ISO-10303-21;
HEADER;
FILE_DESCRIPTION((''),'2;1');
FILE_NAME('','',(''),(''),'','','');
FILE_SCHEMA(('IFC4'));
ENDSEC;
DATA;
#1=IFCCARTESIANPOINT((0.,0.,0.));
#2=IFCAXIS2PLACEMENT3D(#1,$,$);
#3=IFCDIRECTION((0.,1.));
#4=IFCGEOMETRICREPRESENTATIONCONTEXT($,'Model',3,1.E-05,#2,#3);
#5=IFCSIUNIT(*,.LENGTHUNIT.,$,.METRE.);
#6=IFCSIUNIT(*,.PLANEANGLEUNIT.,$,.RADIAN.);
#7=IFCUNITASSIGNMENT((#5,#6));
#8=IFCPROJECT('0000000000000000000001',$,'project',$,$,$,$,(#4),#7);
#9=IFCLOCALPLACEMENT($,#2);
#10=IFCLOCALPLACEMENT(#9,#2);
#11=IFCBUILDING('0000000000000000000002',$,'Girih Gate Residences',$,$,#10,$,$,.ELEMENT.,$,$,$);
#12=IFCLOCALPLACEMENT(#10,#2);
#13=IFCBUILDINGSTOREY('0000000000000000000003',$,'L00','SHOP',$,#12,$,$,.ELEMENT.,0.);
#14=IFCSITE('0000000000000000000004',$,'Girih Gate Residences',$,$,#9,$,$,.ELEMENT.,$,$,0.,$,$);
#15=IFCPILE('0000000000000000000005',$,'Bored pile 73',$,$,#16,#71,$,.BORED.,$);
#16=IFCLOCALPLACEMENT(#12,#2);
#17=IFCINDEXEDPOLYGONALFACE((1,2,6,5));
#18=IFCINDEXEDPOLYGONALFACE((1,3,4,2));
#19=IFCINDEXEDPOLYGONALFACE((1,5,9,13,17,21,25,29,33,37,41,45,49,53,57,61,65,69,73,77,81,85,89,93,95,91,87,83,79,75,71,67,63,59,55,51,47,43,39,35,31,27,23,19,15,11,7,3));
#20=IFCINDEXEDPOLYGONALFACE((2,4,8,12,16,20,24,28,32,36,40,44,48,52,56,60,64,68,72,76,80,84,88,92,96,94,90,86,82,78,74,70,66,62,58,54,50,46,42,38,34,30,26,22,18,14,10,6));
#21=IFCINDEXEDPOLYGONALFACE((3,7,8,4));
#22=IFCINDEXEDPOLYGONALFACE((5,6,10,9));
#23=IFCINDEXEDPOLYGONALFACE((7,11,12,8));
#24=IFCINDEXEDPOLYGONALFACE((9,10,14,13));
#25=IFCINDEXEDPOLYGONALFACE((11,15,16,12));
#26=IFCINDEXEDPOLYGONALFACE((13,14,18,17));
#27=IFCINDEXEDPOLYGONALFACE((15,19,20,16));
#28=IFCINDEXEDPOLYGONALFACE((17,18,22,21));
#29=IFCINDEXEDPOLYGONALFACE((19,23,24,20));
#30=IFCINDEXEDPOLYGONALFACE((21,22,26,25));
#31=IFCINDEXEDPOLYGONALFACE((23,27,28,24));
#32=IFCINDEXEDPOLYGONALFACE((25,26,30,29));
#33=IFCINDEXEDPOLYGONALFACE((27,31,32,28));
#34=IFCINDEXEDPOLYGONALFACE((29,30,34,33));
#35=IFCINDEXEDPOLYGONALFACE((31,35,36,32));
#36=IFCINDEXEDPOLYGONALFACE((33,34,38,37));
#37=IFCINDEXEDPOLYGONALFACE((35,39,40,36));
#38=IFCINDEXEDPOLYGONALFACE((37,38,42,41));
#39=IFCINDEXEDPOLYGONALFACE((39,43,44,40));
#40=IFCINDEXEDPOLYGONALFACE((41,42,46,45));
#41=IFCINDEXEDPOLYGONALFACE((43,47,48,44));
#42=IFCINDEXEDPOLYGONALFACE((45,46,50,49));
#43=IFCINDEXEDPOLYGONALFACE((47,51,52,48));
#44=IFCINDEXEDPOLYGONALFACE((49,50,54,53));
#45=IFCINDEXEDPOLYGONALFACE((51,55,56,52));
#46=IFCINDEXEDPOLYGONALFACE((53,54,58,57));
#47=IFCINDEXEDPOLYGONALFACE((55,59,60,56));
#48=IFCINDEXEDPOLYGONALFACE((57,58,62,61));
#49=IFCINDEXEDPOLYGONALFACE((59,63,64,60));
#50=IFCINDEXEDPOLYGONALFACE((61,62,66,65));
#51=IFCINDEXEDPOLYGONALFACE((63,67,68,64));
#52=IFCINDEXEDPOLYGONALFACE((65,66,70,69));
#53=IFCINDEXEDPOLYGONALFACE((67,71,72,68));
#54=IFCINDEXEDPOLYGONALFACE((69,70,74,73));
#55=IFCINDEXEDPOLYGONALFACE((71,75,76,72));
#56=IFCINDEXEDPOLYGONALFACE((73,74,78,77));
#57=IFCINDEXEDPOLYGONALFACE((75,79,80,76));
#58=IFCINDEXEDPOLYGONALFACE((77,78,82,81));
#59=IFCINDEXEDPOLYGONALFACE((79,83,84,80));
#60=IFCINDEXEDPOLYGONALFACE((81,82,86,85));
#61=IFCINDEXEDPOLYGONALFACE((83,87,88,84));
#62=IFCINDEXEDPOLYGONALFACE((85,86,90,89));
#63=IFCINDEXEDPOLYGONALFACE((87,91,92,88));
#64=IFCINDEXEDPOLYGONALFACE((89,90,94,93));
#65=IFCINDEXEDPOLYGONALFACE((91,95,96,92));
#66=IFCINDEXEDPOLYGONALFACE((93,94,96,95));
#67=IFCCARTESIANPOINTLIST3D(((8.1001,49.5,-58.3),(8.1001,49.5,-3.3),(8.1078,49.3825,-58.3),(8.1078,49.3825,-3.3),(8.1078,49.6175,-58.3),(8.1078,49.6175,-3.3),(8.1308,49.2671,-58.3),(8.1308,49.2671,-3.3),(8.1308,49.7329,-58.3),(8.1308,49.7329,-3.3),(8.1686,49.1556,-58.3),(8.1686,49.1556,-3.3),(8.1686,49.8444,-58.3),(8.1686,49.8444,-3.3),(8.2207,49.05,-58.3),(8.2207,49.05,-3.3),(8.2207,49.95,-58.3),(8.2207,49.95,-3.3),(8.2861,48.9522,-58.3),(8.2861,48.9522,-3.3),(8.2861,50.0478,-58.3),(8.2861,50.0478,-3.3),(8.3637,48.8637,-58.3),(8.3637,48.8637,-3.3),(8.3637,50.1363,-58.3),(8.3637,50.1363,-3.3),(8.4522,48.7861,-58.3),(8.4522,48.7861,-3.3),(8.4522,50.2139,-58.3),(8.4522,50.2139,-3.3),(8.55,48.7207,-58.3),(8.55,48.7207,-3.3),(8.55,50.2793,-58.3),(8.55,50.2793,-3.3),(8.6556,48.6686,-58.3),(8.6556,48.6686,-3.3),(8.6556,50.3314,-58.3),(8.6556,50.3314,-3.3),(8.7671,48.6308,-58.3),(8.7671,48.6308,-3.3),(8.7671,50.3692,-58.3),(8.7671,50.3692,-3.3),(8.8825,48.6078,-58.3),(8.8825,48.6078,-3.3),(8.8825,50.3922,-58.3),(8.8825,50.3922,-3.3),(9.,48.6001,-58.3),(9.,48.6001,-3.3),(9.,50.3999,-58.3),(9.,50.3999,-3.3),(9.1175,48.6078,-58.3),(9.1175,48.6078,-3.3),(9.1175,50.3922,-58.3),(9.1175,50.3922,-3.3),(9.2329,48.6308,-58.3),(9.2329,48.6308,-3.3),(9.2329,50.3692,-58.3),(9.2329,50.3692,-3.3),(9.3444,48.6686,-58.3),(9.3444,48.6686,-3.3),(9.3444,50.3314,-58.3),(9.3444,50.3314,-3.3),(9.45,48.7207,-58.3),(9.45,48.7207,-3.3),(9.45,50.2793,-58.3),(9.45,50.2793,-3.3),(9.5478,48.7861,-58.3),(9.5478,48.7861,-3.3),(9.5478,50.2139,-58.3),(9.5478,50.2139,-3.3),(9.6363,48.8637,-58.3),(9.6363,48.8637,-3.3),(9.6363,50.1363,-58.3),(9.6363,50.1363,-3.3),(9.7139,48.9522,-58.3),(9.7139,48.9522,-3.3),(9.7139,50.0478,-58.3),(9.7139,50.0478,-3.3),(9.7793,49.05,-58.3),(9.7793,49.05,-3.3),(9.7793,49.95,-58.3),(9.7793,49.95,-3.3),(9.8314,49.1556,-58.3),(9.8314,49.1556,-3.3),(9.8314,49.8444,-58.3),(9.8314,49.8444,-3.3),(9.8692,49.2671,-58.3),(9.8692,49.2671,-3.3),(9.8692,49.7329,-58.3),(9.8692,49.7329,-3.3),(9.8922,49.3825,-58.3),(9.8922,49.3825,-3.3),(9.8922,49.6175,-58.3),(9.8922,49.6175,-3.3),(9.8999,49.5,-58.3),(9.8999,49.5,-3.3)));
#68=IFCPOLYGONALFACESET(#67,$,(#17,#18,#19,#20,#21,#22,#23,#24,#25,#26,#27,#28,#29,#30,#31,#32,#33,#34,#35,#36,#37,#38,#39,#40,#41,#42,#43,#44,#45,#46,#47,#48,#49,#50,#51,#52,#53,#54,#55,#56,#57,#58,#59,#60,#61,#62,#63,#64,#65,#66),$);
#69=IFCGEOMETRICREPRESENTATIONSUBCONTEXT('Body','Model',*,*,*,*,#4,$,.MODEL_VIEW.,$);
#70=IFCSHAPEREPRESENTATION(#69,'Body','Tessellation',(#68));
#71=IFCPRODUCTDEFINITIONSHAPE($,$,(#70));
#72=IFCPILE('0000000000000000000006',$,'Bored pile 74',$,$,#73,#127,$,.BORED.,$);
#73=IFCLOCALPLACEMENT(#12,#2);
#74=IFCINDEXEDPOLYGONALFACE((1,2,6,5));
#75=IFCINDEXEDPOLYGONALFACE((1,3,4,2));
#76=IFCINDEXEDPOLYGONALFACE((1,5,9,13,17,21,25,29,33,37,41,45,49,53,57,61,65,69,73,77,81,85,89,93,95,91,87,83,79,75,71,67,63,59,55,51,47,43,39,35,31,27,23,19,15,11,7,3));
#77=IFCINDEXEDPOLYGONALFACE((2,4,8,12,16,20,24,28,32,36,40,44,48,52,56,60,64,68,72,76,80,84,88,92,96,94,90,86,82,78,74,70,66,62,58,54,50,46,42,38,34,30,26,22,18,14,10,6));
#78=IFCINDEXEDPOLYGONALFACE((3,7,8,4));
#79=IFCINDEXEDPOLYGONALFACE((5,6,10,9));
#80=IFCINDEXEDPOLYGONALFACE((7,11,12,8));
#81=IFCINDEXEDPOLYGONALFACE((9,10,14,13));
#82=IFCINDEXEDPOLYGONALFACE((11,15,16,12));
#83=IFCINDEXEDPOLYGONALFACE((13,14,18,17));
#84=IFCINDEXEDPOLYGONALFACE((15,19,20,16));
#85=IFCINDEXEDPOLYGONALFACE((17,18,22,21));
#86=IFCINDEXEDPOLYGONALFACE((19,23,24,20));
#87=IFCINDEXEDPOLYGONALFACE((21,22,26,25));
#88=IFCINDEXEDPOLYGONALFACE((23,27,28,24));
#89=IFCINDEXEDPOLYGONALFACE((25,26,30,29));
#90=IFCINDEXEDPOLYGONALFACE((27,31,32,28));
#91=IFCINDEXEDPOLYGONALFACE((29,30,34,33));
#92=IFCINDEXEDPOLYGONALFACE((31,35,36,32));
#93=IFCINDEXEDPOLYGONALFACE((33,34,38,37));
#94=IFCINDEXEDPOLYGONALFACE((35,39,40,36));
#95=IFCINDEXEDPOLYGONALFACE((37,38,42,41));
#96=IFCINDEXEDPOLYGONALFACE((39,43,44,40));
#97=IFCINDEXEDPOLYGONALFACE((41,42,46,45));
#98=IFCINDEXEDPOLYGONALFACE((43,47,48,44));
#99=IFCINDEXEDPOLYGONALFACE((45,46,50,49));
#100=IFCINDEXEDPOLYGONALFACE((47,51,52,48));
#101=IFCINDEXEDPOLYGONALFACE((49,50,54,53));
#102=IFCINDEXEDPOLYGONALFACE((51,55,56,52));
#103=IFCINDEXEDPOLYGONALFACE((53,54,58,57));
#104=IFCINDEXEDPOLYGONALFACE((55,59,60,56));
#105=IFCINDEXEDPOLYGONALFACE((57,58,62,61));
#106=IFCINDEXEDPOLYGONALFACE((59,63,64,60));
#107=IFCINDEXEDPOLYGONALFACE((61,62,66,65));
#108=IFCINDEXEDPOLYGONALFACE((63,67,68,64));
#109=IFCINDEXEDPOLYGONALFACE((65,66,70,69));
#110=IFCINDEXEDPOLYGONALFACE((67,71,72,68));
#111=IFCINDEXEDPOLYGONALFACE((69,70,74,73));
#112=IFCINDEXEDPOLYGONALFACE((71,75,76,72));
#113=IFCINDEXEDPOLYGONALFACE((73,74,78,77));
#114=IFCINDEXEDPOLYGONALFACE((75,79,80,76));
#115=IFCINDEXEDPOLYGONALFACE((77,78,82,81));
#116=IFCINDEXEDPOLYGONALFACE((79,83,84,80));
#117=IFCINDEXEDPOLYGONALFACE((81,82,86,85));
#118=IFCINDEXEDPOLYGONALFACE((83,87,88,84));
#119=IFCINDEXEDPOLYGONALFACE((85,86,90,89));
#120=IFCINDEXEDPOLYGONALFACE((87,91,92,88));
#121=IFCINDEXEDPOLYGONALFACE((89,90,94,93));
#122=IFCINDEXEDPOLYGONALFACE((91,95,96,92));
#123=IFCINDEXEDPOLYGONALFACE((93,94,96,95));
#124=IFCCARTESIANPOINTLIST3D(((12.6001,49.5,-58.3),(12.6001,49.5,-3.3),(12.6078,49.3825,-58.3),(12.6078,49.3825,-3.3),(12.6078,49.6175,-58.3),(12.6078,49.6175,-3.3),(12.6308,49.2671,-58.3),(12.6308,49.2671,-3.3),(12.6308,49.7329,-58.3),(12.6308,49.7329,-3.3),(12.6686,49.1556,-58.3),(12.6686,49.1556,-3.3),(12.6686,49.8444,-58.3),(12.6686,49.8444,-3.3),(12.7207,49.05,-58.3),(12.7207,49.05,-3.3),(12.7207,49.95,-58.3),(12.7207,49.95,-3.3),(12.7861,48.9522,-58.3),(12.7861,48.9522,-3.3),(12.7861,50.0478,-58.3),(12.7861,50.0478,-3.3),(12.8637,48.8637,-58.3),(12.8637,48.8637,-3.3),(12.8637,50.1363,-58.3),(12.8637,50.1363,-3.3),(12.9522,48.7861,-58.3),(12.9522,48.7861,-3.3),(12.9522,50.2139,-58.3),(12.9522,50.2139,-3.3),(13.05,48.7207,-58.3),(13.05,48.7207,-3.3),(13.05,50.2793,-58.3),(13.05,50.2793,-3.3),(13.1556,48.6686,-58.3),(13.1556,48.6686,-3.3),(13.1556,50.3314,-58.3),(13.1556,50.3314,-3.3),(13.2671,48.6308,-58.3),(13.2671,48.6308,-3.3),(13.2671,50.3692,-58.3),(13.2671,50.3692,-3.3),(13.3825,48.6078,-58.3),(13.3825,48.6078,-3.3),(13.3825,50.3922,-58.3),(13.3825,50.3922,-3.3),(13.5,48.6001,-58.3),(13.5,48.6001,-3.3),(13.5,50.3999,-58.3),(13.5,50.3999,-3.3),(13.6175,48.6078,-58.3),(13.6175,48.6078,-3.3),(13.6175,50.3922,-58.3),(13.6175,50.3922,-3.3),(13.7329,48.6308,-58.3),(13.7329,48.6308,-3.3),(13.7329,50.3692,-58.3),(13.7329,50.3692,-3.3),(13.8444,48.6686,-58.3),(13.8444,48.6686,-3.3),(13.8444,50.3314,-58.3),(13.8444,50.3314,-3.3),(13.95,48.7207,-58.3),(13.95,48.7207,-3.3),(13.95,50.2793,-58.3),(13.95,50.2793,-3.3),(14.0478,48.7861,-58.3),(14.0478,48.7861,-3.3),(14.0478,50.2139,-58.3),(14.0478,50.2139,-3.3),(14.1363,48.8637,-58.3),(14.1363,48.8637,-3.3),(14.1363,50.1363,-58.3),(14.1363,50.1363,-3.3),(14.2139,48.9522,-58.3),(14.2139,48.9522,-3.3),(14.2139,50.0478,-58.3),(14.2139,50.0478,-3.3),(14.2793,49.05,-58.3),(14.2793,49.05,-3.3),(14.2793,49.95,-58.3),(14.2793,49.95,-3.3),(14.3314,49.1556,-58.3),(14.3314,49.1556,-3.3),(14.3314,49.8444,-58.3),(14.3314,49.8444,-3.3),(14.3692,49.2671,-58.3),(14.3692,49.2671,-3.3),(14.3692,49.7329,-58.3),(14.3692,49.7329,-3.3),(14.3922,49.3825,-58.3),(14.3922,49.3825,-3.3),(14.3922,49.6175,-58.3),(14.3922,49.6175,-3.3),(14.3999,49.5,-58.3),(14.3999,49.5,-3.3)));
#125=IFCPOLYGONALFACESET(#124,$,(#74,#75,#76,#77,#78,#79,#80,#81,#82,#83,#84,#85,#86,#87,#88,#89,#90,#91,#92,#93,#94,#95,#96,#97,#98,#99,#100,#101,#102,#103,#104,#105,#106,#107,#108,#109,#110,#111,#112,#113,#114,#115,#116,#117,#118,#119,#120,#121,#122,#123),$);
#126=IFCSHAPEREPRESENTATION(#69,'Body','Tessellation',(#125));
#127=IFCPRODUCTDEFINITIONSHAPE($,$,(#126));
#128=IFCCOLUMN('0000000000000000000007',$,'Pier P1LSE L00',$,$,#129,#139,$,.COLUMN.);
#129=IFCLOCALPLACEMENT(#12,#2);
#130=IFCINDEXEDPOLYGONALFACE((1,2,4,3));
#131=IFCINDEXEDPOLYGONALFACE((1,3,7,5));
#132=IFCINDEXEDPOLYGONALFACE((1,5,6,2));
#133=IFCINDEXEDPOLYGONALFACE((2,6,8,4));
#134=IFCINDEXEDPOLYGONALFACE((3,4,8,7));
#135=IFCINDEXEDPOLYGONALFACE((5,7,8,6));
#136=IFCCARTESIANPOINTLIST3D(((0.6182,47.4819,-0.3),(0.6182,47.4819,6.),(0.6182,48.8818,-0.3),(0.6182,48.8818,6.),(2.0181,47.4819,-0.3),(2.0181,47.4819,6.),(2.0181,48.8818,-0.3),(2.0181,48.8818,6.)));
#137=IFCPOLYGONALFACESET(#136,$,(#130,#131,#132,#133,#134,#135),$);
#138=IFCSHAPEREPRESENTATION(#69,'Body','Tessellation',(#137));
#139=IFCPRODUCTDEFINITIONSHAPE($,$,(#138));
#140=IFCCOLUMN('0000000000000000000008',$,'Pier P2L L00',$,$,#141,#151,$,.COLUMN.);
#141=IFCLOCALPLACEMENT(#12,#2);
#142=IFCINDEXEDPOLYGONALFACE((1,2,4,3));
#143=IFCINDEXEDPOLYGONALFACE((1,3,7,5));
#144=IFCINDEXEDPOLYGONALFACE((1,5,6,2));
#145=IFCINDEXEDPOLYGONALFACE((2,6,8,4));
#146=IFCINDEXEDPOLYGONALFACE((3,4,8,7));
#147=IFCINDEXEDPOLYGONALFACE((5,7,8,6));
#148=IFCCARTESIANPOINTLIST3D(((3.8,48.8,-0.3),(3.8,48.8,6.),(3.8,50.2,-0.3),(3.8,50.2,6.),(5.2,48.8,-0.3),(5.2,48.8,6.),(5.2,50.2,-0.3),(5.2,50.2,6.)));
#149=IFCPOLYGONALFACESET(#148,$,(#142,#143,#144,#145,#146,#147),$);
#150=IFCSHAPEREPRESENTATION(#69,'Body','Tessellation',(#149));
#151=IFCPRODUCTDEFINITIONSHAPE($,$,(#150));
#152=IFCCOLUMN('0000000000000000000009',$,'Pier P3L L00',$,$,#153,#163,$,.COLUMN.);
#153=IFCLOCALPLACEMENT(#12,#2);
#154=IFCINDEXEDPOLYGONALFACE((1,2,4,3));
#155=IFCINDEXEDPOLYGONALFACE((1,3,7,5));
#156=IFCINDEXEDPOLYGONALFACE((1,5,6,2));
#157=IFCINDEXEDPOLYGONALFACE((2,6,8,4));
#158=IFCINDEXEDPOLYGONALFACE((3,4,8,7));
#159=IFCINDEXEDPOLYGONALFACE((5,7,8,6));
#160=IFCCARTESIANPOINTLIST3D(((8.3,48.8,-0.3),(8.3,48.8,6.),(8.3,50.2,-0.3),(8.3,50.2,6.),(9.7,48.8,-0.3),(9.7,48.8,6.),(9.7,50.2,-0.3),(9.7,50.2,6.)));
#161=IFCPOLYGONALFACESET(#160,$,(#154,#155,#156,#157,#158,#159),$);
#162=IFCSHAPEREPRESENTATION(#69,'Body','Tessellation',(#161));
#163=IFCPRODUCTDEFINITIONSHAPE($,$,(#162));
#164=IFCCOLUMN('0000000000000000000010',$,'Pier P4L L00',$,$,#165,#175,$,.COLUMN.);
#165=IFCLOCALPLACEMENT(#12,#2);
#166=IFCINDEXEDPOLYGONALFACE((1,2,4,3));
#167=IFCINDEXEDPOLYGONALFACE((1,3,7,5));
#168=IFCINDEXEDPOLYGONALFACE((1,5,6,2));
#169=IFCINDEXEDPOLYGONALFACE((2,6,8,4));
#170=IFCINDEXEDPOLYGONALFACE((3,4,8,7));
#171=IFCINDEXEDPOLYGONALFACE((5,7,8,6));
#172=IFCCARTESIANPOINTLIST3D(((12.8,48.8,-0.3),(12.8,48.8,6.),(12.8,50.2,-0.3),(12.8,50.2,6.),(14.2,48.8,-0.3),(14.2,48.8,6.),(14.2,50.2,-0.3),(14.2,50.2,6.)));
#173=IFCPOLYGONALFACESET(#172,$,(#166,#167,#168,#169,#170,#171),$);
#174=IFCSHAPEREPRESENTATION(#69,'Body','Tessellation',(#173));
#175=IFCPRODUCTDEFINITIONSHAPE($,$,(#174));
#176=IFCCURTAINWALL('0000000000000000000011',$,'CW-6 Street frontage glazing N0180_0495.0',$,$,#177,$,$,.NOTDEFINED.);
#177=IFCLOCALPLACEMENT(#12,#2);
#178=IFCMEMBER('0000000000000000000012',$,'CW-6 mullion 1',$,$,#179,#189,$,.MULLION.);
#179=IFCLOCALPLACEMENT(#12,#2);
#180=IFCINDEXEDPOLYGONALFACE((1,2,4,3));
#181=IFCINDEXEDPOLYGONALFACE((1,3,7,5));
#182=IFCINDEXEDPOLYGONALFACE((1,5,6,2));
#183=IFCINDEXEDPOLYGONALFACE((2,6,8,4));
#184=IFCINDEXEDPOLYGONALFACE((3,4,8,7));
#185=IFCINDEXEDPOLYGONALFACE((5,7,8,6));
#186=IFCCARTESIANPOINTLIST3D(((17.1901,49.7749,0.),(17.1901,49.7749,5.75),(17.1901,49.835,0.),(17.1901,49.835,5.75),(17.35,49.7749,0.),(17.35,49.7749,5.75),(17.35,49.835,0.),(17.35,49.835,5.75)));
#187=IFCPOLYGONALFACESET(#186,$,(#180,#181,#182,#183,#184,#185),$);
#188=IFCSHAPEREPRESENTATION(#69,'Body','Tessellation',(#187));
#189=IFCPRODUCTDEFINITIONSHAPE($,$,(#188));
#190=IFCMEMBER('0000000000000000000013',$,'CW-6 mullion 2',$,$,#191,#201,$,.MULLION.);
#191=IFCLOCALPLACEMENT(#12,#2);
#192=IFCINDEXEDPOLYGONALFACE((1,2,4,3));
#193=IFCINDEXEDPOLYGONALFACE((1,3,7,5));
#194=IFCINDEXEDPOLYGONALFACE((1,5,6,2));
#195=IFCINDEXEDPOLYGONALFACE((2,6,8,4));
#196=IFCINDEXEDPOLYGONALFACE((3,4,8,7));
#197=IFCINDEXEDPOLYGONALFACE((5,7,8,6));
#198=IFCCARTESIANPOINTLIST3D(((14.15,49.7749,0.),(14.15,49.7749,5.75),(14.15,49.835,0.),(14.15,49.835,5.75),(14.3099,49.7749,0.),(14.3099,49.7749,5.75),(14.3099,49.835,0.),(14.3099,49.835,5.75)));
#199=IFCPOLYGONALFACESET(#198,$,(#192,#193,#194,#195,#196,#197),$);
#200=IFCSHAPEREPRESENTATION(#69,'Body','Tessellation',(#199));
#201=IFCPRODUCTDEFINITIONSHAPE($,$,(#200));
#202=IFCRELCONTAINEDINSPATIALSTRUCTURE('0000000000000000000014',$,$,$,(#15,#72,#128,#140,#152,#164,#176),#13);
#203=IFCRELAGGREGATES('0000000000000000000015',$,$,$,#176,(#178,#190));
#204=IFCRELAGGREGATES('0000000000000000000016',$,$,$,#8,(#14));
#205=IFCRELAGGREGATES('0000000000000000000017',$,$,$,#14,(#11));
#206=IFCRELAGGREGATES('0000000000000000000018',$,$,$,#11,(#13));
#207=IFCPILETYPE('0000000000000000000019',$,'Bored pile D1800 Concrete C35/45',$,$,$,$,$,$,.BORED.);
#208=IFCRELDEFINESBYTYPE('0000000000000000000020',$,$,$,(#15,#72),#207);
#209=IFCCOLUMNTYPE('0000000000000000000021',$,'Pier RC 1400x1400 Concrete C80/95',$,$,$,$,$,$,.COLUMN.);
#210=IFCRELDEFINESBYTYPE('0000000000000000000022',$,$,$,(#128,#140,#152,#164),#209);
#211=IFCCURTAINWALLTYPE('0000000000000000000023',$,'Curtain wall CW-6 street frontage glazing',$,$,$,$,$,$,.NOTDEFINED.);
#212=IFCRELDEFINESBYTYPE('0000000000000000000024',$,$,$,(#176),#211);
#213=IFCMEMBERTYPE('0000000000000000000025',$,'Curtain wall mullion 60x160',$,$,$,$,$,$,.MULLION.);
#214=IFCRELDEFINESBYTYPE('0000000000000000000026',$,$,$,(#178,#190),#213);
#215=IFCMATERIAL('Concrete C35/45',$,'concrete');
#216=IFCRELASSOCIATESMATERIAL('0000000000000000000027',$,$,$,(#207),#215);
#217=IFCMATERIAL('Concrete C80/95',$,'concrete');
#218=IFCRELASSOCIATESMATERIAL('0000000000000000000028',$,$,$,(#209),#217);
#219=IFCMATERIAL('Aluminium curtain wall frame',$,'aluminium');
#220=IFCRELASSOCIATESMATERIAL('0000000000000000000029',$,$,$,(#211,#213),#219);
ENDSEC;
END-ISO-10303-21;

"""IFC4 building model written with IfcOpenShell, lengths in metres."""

from ifc_helpers import new_model, si_unit, direction, frame, origin, origin_2d, place, context, subcontext, project, spatial, rectangle, circle, extrude, material, material_profile, profile_set, type_object, element, aggregate, save


model = new_model("IFC4")

# Units and contexts
model_context = context("Model", 3, precision=1e-05, world=origin(), true_north=direction((0.0, 1.0)))
body_context = subcontext(model_context, "Body", "Model", "MODEL_VIEW")
ifc_project = project(units=[si_unit("LENGTHUNIT", "METRE"), si_unit("PLANEANGLEUNIT", "RADIAN")], contexts=[model_context])

# Site, building, storey
site_placement = place(None, origin())
site = spatial("IfcSite", under=ifc_project, at=site_placement, Name="Girih Gate Residences", CompositionType="ELEMENT", RefElevation=0.0)
building_placement = place(site_placement, origin())
building = spatial("IfcBuilding", under=site, at=building_placement, Name="Girih Gate Residences", CompositionType="ELEMENT")
storey_placement = place(building_placement, origin())
storey = spatial("IfcBuildingStorey", under=building, at=storey_placement, Name="L00", Description="SHOP", CompositionType="ELEMENT", Elevation=0.0)

# Piles
ifc_material_1 = material(Name="Concrete C35/45", Category="concrete")
ifc_material_profile_1 = material_profile(ifc_material_1, circle(Radius=0.8999, at=origin_2d()))
ifc_profile_set_1 = profile_set([ifc_material_profile_1], Name="Concrete C35/45")
pile_type = type_object("IfcPileType", Name="Bored pile D1800 Concrete C35/45", PredefinedType="BORED", material=ifc_profile_set_1)
for number, where, z_axis, x_axis, name in (
    (1, (9.0, 49.5, -3.3), (0.0, 0.0, -1.0), (1.0, 0.0, 0.0), "Bored pile 73"),
    (2, (13.5, 49.5, -3.3), (0.0, 0.0, -1.0), (1.0, 0.0, 0.0), "Bored pile 74"),
):
    element("IfcPile", number, at=place(storey_placement, frame(where, z_axis=z_axis, x_axis=x_axis)), inside=storey, type_object=pile_type, Name=name, PredefinedType="BORED", context=body_context, shape_type="SweptSolid", body=[
        extrude(circle(Radius=0.8999, at=origin_2d()), origin(), (0.0, 0.0, 1.0), 55.0),
    ])

# Columns
ifc_material_2 = material(Name="Concrete C80/95", Category="concrete")
ifc_material_profile_2 = material_profile(ifc_material_2, rectangle(XDim=1.3999, YDim=1.3999, at=origin_2d()))
ifc_profile_set_2 = profile_set([ifc_material_profile_2], Name="Concrete C80/95")
column_type = type_object("IfcColumnType", Name="Pier RC 1400x1400 Concrete C80/95", PredefinedType="COLUMN", material=ifc_profile_set_2)
for number, where, z_axis, x_axis, name in (
    (3, (1.3181, 48.1819, -0.3), (0.0, 0.0, 1.0), (1.0, 0.0, 0.0), "Pier P1LSE L00"),
    (4, (4.5, 49.5, -0.3), (0.0, 0.0, 1.0), (1.0, 0.0, 0.0), "Pier P2L L00"),
    (5, (9.0, 49.5, -0.3), (0.0, 0.0, 1.0), (1.0, 0.0, 0.0), "Pier P3L L00"),
    (6, (13.5, 49.5, -0.3), (0.0, 0.0, 1.0), (1.0, 0.0, 0.0), "Pier P4L L00"),
):
    element("IfcColumn", number, at=place(storey_placement, frame(where, z_axis=z_axis, x_axis=x_axis)), inside=storey, type_object=column_type, Name=name, PredefinedType="COLUMN", context=body_context, shape_type="SweptSolid", body=[
        extrude(rectangle(XDim=1.3999, YDim=1.3999, at=origin_2d()), origin(), (0.0, 0.0, 1.0), 6.3),
    ])

# Curtain wall, members
ifc_material_3 = material(Name="Aluminium curtain wall frame", Category="aluminium")
curtain_wall_type = type_object("IfcCurtainWallType", Name="Curtain wall CW-6 street frontage glazing", PredefinedType="NOTDEFINED", material=ifc_material_3)
curtain_wall_1_placement = place(storey_placement, origin())
curtain_wall_1 = element("IfcCurtainWall", 7, at=curtain_wall_1_placement, inside=storey, type_object=curtain_wall_type, Name="CW-6 Street frontage glazing N0180_0495.0", PredefinedType="NOTDEFINED")
ifc_material_profile_3 = material_profile(ifc_material_3, rectangle(XDim=0.0601, YDim=0.1599, at=origin_2d()))
ifc_profile_set_3 = profile_set([ifc_material_profile_3], Name="Aluminium curtain wall frame")
member_type_1 = type_object("IfcMemberType", Name="Curtain wall mullion 60x160", PredefinedType="MULLION", material=ifc_profile_set_3)
member_1_placement = place(storey_placement, frame((17.27, 49.8049, 0.0), z_axis=(0.0, 0.0, 1.0), x_axis=(0.0, -1.0, 0.0)))
member_1 = element("IfcMember", 8, at=member_1_placement, type_object=member_type_1, Name="CW-6 mullion 1", PredefinedType="MULLION", context=body_context, shape_type="SweptSolid", body=[
    extrude(rectangle(XDim=0.0601, YDim=0.1599, at=origin_2d()), origin(), (0.0, 0.0, 1.0), 5.75),
])
member_2_placement = place(storey_placement, frame((14.23, 49.8049, 0.0), z_axis=(0.0, 0.0, 1.0), x_axis=(0.0, -1.0, 0.0)))
member_2 = element("IfcMember", 9, at=member_2_placement, type_object=member_type_1, Name="CW-6 mullion 2", PredefinedType="MULLION", context=body_context, shape_type="SweptSolid", body=[
    extrude(rectangle(XDim=0.0601, YDim=0.1599, at=origin_2d()), origin(), (0.0, 0.0, 1.0), 5.75),
])

aggregate(curtain_wall_1, [member_1, member_2])

save(model, "model.ifc")
